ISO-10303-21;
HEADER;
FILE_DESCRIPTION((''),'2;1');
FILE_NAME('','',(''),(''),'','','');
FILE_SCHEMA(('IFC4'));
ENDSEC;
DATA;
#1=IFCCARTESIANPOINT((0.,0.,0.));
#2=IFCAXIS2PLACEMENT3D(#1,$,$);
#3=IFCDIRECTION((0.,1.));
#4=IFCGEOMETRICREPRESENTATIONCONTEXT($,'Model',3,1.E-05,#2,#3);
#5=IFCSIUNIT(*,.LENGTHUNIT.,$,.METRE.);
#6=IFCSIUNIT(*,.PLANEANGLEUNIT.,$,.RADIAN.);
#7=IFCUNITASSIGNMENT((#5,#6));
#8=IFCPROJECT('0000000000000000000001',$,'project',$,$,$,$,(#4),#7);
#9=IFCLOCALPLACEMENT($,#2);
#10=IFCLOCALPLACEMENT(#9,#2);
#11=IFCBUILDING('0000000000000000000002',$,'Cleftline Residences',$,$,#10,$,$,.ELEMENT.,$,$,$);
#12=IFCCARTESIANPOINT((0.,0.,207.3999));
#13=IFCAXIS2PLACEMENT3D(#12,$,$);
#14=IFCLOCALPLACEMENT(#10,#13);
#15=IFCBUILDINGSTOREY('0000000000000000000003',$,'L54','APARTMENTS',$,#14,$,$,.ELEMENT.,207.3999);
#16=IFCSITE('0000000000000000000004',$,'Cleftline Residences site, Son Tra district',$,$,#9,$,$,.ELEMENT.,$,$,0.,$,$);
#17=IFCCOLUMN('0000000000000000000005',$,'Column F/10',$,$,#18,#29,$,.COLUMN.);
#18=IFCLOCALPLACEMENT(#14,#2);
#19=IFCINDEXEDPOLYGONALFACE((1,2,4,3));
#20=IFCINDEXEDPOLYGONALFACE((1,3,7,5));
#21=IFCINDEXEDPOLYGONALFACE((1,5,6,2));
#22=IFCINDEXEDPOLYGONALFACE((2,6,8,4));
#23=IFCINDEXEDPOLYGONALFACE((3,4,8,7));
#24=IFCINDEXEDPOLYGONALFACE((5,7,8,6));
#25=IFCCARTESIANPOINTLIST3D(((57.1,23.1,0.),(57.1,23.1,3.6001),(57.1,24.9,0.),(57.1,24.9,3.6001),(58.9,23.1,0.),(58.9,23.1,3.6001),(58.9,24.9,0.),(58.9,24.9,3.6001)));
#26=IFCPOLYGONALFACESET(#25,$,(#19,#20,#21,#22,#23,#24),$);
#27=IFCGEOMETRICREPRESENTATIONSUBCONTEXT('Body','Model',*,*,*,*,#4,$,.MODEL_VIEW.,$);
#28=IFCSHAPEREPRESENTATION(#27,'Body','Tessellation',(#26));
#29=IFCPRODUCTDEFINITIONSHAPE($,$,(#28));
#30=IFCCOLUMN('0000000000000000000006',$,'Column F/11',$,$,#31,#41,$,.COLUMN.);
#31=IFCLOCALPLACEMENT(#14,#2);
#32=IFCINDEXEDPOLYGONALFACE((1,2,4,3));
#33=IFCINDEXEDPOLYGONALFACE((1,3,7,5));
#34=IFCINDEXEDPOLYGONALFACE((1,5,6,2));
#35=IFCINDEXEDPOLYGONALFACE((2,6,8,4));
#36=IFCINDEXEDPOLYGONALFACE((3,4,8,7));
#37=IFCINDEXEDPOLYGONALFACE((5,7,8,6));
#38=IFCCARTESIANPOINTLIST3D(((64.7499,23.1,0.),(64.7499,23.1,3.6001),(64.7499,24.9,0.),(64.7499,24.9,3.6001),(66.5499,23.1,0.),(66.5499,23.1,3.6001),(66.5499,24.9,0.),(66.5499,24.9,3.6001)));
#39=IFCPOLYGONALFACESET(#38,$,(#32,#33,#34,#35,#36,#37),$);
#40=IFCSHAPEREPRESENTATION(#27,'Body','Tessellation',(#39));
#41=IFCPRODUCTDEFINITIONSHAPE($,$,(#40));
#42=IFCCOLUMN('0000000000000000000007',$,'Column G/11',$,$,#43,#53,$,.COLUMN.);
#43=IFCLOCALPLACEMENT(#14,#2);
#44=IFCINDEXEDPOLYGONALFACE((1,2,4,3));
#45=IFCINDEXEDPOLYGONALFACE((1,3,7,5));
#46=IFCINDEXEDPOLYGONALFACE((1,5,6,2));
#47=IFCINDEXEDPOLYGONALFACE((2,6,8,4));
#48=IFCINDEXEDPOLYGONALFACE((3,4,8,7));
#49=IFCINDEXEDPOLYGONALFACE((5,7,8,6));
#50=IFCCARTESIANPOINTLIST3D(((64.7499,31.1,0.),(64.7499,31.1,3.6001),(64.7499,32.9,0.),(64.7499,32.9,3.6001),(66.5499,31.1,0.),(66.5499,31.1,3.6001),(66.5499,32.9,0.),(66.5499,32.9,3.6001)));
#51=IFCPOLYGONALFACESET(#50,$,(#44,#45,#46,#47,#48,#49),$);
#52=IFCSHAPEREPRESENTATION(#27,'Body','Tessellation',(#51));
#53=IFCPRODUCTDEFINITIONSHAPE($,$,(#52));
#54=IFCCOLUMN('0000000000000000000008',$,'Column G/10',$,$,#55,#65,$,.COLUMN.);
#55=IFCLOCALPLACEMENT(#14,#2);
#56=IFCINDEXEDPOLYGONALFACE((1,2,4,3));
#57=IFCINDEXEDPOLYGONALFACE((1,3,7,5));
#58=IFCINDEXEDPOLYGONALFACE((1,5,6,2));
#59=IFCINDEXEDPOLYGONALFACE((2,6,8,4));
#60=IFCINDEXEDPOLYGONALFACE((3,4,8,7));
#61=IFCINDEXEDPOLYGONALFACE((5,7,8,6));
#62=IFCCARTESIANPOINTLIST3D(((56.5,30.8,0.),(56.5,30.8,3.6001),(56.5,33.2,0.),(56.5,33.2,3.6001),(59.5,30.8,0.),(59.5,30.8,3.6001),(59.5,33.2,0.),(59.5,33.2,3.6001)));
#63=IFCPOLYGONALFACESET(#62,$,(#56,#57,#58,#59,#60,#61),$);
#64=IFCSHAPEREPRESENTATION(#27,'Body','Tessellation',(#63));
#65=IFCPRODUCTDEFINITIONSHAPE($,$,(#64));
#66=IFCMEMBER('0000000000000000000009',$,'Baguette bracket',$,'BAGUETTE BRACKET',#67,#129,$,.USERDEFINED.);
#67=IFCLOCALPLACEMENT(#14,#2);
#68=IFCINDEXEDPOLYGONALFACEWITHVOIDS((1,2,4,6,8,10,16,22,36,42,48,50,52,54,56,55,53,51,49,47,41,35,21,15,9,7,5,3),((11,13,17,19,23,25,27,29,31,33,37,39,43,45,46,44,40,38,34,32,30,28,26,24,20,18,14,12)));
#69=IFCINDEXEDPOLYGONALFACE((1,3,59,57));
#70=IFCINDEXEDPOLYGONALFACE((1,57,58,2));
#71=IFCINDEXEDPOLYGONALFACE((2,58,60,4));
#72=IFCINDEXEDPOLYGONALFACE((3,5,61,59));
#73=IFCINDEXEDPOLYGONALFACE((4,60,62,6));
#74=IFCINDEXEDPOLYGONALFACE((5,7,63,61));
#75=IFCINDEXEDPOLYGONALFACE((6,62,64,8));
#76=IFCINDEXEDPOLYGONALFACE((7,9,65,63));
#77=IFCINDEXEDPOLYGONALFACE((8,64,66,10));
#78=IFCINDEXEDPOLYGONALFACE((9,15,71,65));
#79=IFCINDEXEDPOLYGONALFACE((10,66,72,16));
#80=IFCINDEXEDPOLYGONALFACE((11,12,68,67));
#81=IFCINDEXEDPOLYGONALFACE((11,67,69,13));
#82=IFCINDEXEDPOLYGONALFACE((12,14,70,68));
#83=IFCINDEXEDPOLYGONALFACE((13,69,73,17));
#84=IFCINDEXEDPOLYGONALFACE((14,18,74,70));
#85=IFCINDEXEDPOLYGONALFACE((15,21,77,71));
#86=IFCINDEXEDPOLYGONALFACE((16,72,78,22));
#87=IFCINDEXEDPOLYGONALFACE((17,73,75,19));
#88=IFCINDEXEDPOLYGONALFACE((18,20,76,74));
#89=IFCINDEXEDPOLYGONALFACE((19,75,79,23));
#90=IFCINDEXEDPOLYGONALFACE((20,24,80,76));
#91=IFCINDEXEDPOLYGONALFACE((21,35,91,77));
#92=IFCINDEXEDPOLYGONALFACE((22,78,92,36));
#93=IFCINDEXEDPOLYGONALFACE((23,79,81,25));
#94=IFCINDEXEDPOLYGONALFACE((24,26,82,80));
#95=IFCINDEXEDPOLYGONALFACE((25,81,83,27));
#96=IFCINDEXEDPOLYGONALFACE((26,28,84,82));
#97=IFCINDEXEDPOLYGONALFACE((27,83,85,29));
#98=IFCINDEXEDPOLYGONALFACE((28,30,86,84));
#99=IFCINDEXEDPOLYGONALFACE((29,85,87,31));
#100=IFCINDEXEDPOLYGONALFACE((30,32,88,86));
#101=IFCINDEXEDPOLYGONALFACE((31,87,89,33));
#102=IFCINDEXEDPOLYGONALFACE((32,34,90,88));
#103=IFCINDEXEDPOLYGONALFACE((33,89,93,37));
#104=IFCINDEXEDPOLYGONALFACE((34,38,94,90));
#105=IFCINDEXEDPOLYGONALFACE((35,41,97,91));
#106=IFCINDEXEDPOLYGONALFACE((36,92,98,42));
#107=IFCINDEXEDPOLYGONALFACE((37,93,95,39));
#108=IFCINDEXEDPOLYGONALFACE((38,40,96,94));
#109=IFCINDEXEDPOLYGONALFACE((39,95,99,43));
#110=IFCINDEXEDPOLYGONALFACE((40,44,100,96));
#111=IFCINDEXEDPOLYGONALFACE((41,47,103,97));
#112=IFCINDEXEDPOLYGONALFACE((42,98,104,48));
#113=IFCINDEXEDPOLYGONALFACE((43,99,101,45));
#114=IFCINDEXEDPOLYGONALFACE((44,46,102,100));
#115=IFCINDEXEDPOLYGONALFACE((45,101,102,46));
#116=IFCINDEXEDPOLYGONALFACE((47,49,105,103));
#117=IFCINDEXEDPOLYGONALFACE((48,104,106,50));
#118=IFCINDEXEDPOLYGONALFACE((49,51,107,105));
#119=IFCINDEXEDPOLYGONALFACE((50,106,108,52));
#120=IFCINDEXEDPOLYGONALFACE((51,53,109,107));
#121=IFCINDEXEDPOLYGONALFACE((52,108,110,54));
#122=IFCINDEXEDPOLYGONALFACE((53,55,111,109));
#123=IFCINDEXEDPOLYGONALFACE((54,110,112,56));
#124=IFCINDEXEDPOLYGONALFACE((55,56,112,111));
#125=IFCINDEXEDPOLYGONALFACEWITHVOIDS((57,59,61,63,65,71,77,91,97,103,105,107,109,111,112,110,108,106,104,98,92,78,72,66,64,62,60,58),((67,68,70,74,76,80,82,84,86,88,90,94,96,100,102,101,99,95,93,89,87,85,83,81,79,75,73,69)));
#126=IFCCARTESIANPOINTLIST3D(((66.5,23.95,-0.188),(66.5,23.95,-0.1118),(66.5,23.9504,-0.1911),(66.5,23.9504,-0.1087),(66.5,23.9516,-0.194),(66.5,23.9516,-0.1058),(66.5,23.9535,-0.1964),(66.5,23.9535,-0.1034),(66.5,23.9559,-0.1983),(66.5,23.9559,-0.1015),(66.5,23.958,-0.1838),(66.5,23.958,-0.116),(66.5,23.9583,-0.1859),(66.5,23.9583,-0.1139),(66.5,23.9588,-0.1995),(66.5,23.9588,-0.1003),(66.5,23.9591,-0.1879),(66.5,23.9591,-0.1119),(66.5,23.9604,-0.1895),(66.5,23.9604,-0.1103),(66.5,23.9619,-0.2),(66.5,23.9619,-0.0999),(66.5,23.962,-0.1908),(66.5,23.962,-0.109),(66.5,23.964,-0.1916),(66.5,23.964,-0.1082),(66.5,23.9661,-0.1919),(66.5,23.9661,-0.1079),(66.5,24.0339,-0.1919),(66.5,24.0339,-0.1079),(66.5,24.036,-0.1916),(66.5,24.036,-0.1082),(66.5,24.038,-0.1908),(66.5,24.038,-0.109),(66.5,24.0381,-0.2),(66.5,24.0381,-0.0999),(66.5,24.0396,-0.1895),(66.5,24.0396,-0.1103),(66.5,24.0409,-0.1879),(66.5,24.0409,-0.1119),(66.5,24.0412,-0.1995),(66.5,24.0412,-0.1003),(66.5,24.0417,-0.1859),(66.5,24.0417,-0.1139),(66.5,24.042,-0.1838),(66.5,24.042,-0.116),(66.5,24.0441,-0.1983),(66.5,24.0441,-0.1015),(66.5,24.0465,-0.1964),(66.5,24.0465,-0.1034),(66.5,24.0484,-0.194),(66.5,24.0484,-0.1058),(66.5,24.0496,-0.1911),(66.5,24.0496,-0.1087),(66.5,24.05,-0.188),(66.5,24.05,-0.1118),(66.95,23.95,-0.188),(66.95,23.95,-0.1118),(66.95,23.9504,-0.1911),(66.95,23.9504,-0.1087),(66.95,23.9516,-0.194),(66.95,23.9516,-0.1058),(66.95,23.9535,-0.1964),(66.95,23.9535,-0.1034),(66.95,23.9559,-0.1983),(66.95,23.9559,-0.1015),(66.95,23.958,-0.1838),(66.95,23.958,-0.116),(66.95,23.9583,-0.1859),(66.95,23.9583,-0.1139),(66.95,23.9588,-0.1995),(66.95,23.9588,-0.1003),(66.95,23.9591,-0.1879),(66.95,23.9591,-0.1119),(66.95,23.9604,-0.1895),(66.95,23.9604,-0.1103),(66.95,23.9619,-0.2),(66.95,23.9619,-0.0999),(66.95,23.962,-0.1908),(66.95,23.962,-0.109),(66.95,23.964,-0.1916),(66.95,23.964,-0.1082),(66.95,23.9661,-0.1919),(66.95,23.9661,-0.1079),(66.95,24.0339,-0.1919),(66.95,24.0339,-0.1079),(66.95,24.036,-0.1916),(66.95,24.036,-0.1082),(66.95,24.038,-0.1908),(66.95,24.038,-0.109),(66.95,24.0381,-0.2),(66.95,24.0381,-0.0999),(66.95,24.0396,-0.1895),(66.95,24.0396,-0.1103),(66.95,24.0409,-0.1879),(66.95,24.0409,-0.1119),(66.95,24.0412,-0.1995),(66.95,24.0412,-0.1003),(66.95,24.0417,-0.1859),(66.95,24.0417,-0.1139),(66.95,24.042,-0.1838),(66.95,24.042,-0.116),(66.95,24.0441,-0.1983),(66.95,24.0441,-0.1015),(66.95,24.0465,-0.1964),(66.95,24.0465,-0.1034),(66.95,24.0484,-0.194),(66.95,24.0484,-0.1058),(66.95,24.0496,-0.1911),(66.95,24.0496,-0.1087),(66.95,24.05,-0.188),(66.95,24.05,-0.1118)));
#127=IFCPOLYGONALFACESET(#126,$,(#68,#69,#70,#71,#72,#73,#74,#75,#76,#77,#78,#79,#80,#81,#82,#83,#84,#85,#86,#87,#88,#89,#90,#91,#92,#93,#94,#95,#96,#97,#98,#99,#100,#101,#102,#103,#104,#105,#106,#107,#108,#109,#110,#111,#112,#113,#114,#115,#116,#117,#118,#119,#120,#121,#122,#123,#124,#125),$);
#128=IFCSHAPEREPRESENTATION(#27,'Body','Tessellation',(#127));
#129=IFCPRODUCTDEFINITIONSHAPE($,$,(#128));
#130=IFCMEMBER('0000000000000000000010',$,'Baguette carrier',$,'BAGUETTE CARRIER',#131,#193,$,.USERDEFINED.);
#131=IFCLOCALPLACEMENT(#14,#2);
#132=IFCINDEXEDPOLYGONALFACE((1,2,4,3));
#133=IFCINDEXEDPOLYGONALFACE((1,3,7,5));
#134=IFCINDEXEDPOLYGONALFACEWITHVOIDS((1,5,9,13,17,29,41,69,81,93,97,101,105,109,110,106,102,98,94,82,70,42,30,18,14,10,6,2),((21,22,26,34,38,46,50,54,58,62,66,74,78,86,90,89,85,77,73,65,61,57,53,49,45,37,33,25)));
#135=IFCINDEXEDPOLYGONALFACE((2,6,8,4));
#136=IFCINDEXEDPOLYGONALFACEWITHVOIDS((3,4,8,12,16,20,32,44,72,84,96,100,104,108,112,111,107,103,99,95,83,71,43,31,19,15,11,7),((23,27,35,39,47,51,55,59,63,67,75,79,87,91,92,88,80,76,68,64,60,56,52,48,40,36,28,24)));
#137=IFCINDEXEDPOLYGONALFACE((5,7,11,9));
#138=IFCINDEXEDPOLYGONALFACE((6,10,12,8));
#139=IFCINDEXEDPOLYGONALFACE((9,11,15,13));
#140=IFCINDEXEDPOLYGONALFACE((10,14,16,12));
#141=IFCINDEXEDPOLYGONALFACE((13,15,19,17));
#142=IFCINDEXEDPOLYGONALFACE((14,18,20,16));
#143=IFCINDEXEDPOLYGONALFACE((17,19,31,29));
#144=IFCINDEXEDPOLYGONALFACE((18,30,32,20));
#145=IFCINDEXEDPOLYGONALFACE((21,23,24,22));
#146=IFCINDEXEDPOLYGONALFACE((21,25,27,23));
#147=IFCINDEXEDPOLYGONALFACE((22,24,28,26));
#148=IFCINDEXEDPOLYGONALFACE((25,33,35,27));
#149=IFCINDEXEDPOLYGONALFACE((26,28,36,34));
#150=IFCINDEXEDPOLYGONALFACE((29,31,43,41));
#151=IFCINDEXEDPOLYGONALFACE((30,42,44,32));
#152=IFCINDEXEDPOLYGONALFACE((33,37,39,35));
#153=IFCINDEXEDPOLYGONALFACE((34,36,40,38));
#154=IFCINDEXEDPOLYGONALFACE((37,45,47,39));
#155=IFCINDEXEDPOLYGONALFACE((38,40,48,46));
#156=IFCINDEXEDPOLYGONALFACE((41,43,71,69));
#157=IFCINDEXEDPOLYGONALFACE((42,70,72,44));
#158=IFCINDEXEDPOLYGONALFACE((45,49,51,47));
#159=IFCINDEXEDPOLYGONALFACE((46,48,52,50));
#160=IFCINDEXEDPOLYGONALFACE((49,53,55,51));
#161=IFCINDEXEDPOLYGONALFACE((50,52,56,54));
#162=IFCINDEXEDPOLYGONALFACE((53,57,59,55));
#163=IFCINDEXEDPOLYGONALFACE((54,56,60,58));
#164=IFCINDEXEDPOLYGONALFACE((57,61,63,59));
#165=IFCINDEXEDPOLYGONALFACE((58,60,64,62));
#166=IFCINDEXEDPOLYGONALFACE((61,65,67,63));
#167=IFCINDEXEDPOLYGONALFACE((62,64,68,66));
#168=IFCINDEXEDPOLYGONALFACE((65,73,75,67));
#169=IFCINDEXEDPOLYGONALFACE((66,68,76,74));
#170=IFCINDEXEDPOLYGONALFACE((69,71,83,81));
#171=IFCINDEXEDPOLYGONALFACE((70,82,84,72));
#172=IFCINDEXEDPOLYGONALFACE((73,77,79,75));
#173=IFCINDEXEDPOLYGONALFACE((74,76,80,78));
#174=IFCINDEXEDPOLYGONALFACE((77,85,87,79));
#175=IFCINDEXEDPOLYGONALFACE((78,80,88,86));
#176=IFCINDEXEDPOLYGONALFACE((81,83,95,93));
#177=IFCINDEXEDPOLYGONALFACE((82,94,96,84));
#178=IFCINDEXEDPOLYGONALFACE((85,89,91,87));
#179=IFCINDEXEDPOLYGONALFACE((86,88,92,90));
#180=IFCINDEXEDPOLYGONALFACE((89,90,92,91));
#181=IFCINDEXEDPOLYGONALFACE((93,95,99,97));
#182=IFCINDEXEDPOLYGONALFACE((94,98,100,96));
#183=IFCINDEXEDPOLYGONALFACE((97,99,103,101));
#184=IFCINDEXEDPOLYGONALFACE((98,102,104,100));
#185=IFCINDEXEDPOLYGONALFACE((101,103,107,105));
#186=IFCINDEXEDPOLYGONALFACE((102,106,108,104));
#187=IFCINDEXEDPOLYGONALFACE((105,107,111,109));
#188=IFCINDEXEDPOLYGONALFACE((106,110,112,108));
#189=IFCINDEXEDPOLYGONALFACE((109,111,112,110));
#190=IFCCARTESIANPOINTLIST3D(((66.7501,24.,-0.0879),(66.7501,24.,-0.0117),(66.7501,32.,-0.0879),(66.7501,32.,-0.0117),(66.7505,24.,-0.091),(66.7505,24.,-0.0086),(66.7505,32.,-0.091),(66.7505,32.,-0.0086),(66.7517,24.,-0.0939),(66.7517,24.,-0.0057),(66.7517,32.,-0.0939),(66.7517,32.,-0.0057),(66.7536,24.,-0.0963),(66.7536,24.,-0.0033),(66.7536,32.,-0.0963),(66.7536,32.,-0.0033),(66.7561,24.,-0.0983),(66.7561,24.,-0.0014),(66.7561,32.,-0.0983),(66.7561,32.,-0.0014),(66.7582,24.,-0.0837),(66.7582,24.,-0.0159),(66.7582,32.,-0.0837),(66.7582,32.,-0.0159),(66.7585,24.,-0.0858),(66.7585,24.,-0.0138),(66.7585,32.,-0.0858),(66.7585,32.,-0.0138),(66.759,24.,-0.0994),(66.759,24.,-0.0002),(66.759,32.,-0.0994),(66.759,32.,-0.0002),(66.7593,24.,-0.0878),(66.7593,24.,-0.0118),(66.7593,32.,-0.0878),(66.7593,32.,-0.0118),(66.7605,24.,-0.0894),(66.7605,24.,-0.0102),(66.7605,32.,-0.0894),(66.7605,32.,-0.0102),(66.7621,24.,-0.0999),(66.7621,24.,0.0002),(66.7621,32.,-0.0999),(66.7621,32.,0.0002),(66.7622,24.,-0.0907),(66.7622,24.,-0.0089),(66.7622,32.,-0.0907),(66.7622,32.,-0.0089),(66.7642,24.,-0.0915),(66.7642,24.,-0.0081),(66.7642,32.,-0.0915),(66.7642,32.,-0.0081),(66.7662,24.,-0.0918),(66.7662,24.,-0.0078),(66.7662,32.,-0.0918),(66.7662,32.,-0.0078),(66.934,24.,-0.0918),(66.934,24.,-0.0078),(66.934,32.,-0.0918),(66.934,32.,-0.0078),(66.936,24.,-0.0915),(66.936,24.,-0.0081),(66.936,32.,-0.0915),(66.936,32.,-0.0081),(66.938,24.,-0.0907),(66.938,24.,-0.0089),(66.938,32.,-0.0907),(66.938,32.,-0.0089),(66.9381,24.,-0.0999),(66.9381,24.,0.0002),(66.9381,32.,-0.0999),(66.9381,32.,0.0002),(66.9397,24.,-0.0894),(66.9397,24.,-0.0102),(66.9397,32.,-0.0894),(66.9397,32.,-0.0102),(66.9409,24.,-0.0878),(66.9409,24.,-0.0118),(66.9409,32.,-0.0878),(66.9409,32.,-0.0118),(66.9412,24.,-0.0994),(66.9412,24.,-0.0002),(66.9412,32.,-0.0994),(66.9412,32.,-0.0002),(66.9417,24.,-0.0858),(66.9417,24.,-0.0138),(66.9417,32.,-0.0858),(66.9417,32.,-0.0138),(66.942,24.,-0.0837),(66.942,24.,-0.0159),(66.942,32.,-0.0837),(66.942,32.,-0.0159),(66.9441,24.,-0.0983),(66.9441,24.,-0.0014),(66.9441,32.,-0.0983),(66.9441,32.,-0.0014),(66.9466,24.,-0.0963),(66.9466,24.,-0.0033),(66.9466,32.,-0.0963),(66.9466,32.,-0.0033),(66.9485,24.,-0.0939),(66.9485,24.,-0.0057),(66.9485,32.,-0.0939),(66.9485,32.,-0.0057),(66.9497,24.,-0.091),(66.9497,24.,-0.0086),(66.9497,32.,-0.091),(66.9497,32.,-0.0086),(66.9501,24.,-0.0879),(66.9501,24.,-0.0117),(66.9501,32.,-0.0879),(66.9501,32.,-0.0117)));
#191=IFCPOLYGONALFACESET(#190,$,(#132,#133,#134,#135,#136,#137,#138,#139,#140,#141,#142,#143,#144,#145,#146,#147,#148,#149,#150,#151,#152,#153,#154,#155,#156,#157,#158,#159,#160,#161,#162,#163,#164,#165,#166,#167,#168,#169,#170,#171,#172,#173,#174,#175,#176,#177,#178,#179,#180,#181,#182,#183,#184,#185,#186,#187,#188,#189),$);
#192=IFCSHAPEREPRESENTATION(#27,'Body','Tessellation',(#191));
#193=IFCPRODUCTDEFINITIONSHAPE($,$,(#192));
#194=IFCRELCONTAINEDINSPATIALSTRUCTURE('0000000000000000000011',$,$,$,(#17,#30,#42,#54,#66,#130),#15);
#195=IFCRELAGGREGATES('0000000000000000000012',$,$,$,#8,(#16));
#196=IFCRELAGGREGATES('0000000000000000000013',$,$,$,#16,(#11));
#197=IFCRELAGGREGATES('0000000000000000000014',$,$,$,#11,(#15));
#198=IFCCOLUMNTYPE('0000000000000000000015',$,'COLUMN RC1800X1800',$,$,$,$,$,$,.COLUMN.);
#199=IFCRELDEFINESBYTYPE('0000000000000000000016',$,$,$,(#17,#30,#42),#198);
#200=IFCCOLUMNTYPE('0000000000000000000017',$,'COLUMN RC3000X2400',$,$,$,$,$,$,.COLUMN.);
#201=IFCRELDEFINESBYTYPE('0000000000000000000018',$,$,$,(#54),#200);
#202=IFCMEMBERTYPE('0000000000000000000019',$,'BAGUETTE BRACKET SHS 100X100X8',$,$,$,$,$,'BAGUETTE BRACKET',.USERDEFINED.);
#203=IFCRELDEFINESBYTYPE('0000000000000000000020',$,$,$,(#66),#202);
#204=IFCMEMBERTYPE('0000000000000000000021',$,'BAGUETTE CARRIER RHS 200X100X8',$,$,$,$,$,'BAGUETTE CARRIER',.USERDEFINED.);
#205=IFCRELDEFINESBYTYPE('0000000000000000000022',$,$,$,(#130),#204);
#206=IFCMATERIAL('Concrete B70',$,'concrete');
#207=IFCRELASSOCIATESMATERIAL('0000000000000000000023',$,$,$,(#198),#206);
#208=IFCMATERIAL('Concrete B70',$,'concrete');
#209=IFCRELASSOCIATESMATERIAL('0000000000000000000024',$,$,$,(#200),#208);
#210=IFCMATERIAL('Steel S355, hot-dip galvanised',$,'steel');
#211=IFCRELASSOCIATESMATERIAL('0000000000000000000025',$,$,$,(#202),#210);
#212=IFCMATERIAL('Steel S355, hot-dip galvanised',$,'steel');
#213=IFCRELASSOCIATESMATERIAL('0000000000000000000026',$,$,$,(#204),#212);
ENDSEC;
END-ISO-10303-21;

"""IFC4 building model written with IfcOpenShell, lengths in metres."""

from ifc_helpers import new_model, si_unit, direction, frame, origin, origin_2d, place, context, subcontext, project, spatial, rectangle, hollow_rectangle, extrude, material, material_profile, profile_set, type_object, element, save


model = new_model("IFC4")

# Units and contexts
model_context = context("Model", 3, precision=1e-05, world=origin(), true_north=direction((0.0, 1.0)))
body_context = subcontext(model_context, "Body", "Model", "MODEL_VIEW")
ifc_project = project(units=[si_unit("LENGTHUNIT", "METRE"), si_unit("PLANEANGLEUNIT", "RADIAN")], contexts=[model_context])

# Site, building, storey
site_placement = place(None, origin())
site = spatial("IfcSite", under=ifc_project, at=site_placement, Name="Cleftline Residences site, Son Tra district", CompositionType="ELEMENT", RefElevation=0.0)
building_placement = place(site_placement, origin())
building = spatial("IfcBuilding", under=site, at=building_placement, Name="Cleftline Residences", CompositionType="ELEMENT")
storey_placement = place(building_placement, frame((0.0, 0.0, 207.3999)))
storey = spatial("IfcBuildingStorey", under=building, at=storey_placement, Name="L54", Description="APARTMENTS", CompositionType="ELEMENT", Elevation=207.3999)

# Columns
ifc_material_1 = material(Name="Concrete B70", Category="concrete")
ifc_material_profile_1 = material_profile(ifc_material_1, rectangle(XDim=1.8, YDim=1.8, at=origin_2d()))
ifc_profile_set_1 = profile_set([ifc_material_profile_1], Name="Concrete B70")
column_type_1 = type_object("IfcColumnType", Name="COLUMN RC1800X1800", PredefinedType="COLUMN", material=ifc_profile_set_1)
for number, where, z_axis, x_axis, name in (
    (1, (58.0, 24.0, 0.0), (0.0, 0.0, 1.0), (1.0, 0.0, 0.0), "Column F/10"),
    (2, (65.6499, 24.0, 0.0), (0.0, 0.0, 1.0), (1.0, 0.0, 0.0), "Column F/11"),
    (3, (65.6499, 32.0, 0.0), (0.0, 0.0, 1.0), (1.0, 0.0, 0.0), "Column G/11"),
):
    element("IfcColumn", number, at=place(storey_placement, frame(where, z_axis=z_axis, x_axis=x_axis)), inside=storey, type_object=column_type_1, Name=name, PredefinedType="COLUMN", context=body_context, shape_type="SweptSolid", body=[
        extrude(rectangle(XDim=1.8, YDim=1.8, at=origin_2d()), origin(), (0.0, 0.0, 1.0), 3.6001),
    ])
ifc_material_2 = material(Name="Concrete B70", Category="concrete")
ifc_material_profile_2 = material_profile(ifc_material_2, rectangle(XDim=3.0, YDim=2.3999, at=origin_2d()))
ifc_profile_set_2 = profile_set([ifc_material_profile_2], Name="Concrete B70")
column_type_2 = type_object("IfcColumnType", Name="COLUMN RC3000X2400", PredefinedType="COLUMN", material=ifc_profile_set_2)
column_placement = place(storey_placement, frame((58.0, 32.0, 0.0), z_axis=(0.0, 0.0, 1.0), x_axis=(1.0, 0.0, 0.0)))
element("IfcColumn", 4, at=column_placement, inside=storey, type_object=column_type_2, Name="Column G/10", PredefinedType="COLUMN", context=body_context, shape_type="SweptSolid", body=[
    extrude(rectangle(XDim=3.0, YDim=2.3999, at=origin_2d()), origin(), (0.0, 0.0, 1.0), 3.6001),
])

# Members
ifc_material_3 = material(Name="Steel S355, hot-dip galvanised", Category="steel")
ifc_material_profile_3 = material_profile(ifc_material_3, hollow_rectangle(XDim=0.1001, YDim=0.1001, WallThickness=0.0081, InnerFilletRadius=0.0081, OuterFilletRadius=0.012, at=origin_2d()))
ifc_profile_set_3 = profile_set([ifc_material_profile_3], Name="Steel S355, hot-dip galvanised")
member_type_1 = type_object("IfcMemberType", Name="BAGUETTE BRACKET SHS 100X100X8", ElementType="BAGUETTE BRACKET", PredefinedType="USERDEFINED", material=ifc_profile_set_3)
member_1_placement = place(storey_placement, frame((66.5, 24.0, -0.1499), z_axis=(1.0, 0.0, 0.0), x_axis=(0.0, 1.0, 0.0)))
element("IfcMember", 5, at=member_1_placement, inside=storey, type_object=member_type_1, Name="Baguette bracket", ObjectType="BAGUETTE BRACKET", PredefinedType="USERDEFINED", context=body_context, shape_type="SweptSolid", body=[
    extrude(hollow_rectangle(XDim=0.1001, YDim=0.1001, WallThickness=0.0081, InnerFilletRadius=0.0081, OuterFilletRadius=0.012, at=origin_2d()), origin(), (0.0, 0.0, 1.0), 0.45),
])
ifc_material_4 = material(Name="Steel S355, hot-dip galvanised", Category="steel")
ifc_material_profile_4 = material_profile(ifc_material_4, hollow_rectangle(XDim=0.1001, YDim=0.2, WallThickness=0.0081, InnerFilletRadius=0.0081, OuterFilletRadius=0.012, at=origin_2d()))
ifc_profile_set_4 = profile_set([ifc_material_profile_4], Name="Steel S355, hot-dip galvanised")
member_type_2 = type_object("IfcMemberType", Name="BAGUETTE CARRIER RHS 200X100X8", ElementType="BAGUETTE CARRIER", PredefinedType="USERDEFINED", material=ifc_profile_set_4)
member_2_placement = place(storey_placement, frame((66.8501, 24.0, -0.0498), z_axis=(0.0, 1.0, 0.0), x_axis=(0.0, 0.0, 1.0)))
element("IfcMember", 6, at=member_2_placement, inside=storey, type_object=member_type_2, Name="Baguette carrier", ObjectType="BAGUETTE CARRIER", PredefinedType="USERDEFINED", context=body_context, shape_type="SweptSolid", body=[
    extrude(hollow_rectangle(XDim=0.1001, YDim=0.2, WallThickness=0.0081, InnerFilletRadius=0.0081, OuterFilletRadius=0.012, at=origin_2d()), origin(), (0.0, 0.0, 1.0), 8.0),
])

save(model, "model.ifc")
